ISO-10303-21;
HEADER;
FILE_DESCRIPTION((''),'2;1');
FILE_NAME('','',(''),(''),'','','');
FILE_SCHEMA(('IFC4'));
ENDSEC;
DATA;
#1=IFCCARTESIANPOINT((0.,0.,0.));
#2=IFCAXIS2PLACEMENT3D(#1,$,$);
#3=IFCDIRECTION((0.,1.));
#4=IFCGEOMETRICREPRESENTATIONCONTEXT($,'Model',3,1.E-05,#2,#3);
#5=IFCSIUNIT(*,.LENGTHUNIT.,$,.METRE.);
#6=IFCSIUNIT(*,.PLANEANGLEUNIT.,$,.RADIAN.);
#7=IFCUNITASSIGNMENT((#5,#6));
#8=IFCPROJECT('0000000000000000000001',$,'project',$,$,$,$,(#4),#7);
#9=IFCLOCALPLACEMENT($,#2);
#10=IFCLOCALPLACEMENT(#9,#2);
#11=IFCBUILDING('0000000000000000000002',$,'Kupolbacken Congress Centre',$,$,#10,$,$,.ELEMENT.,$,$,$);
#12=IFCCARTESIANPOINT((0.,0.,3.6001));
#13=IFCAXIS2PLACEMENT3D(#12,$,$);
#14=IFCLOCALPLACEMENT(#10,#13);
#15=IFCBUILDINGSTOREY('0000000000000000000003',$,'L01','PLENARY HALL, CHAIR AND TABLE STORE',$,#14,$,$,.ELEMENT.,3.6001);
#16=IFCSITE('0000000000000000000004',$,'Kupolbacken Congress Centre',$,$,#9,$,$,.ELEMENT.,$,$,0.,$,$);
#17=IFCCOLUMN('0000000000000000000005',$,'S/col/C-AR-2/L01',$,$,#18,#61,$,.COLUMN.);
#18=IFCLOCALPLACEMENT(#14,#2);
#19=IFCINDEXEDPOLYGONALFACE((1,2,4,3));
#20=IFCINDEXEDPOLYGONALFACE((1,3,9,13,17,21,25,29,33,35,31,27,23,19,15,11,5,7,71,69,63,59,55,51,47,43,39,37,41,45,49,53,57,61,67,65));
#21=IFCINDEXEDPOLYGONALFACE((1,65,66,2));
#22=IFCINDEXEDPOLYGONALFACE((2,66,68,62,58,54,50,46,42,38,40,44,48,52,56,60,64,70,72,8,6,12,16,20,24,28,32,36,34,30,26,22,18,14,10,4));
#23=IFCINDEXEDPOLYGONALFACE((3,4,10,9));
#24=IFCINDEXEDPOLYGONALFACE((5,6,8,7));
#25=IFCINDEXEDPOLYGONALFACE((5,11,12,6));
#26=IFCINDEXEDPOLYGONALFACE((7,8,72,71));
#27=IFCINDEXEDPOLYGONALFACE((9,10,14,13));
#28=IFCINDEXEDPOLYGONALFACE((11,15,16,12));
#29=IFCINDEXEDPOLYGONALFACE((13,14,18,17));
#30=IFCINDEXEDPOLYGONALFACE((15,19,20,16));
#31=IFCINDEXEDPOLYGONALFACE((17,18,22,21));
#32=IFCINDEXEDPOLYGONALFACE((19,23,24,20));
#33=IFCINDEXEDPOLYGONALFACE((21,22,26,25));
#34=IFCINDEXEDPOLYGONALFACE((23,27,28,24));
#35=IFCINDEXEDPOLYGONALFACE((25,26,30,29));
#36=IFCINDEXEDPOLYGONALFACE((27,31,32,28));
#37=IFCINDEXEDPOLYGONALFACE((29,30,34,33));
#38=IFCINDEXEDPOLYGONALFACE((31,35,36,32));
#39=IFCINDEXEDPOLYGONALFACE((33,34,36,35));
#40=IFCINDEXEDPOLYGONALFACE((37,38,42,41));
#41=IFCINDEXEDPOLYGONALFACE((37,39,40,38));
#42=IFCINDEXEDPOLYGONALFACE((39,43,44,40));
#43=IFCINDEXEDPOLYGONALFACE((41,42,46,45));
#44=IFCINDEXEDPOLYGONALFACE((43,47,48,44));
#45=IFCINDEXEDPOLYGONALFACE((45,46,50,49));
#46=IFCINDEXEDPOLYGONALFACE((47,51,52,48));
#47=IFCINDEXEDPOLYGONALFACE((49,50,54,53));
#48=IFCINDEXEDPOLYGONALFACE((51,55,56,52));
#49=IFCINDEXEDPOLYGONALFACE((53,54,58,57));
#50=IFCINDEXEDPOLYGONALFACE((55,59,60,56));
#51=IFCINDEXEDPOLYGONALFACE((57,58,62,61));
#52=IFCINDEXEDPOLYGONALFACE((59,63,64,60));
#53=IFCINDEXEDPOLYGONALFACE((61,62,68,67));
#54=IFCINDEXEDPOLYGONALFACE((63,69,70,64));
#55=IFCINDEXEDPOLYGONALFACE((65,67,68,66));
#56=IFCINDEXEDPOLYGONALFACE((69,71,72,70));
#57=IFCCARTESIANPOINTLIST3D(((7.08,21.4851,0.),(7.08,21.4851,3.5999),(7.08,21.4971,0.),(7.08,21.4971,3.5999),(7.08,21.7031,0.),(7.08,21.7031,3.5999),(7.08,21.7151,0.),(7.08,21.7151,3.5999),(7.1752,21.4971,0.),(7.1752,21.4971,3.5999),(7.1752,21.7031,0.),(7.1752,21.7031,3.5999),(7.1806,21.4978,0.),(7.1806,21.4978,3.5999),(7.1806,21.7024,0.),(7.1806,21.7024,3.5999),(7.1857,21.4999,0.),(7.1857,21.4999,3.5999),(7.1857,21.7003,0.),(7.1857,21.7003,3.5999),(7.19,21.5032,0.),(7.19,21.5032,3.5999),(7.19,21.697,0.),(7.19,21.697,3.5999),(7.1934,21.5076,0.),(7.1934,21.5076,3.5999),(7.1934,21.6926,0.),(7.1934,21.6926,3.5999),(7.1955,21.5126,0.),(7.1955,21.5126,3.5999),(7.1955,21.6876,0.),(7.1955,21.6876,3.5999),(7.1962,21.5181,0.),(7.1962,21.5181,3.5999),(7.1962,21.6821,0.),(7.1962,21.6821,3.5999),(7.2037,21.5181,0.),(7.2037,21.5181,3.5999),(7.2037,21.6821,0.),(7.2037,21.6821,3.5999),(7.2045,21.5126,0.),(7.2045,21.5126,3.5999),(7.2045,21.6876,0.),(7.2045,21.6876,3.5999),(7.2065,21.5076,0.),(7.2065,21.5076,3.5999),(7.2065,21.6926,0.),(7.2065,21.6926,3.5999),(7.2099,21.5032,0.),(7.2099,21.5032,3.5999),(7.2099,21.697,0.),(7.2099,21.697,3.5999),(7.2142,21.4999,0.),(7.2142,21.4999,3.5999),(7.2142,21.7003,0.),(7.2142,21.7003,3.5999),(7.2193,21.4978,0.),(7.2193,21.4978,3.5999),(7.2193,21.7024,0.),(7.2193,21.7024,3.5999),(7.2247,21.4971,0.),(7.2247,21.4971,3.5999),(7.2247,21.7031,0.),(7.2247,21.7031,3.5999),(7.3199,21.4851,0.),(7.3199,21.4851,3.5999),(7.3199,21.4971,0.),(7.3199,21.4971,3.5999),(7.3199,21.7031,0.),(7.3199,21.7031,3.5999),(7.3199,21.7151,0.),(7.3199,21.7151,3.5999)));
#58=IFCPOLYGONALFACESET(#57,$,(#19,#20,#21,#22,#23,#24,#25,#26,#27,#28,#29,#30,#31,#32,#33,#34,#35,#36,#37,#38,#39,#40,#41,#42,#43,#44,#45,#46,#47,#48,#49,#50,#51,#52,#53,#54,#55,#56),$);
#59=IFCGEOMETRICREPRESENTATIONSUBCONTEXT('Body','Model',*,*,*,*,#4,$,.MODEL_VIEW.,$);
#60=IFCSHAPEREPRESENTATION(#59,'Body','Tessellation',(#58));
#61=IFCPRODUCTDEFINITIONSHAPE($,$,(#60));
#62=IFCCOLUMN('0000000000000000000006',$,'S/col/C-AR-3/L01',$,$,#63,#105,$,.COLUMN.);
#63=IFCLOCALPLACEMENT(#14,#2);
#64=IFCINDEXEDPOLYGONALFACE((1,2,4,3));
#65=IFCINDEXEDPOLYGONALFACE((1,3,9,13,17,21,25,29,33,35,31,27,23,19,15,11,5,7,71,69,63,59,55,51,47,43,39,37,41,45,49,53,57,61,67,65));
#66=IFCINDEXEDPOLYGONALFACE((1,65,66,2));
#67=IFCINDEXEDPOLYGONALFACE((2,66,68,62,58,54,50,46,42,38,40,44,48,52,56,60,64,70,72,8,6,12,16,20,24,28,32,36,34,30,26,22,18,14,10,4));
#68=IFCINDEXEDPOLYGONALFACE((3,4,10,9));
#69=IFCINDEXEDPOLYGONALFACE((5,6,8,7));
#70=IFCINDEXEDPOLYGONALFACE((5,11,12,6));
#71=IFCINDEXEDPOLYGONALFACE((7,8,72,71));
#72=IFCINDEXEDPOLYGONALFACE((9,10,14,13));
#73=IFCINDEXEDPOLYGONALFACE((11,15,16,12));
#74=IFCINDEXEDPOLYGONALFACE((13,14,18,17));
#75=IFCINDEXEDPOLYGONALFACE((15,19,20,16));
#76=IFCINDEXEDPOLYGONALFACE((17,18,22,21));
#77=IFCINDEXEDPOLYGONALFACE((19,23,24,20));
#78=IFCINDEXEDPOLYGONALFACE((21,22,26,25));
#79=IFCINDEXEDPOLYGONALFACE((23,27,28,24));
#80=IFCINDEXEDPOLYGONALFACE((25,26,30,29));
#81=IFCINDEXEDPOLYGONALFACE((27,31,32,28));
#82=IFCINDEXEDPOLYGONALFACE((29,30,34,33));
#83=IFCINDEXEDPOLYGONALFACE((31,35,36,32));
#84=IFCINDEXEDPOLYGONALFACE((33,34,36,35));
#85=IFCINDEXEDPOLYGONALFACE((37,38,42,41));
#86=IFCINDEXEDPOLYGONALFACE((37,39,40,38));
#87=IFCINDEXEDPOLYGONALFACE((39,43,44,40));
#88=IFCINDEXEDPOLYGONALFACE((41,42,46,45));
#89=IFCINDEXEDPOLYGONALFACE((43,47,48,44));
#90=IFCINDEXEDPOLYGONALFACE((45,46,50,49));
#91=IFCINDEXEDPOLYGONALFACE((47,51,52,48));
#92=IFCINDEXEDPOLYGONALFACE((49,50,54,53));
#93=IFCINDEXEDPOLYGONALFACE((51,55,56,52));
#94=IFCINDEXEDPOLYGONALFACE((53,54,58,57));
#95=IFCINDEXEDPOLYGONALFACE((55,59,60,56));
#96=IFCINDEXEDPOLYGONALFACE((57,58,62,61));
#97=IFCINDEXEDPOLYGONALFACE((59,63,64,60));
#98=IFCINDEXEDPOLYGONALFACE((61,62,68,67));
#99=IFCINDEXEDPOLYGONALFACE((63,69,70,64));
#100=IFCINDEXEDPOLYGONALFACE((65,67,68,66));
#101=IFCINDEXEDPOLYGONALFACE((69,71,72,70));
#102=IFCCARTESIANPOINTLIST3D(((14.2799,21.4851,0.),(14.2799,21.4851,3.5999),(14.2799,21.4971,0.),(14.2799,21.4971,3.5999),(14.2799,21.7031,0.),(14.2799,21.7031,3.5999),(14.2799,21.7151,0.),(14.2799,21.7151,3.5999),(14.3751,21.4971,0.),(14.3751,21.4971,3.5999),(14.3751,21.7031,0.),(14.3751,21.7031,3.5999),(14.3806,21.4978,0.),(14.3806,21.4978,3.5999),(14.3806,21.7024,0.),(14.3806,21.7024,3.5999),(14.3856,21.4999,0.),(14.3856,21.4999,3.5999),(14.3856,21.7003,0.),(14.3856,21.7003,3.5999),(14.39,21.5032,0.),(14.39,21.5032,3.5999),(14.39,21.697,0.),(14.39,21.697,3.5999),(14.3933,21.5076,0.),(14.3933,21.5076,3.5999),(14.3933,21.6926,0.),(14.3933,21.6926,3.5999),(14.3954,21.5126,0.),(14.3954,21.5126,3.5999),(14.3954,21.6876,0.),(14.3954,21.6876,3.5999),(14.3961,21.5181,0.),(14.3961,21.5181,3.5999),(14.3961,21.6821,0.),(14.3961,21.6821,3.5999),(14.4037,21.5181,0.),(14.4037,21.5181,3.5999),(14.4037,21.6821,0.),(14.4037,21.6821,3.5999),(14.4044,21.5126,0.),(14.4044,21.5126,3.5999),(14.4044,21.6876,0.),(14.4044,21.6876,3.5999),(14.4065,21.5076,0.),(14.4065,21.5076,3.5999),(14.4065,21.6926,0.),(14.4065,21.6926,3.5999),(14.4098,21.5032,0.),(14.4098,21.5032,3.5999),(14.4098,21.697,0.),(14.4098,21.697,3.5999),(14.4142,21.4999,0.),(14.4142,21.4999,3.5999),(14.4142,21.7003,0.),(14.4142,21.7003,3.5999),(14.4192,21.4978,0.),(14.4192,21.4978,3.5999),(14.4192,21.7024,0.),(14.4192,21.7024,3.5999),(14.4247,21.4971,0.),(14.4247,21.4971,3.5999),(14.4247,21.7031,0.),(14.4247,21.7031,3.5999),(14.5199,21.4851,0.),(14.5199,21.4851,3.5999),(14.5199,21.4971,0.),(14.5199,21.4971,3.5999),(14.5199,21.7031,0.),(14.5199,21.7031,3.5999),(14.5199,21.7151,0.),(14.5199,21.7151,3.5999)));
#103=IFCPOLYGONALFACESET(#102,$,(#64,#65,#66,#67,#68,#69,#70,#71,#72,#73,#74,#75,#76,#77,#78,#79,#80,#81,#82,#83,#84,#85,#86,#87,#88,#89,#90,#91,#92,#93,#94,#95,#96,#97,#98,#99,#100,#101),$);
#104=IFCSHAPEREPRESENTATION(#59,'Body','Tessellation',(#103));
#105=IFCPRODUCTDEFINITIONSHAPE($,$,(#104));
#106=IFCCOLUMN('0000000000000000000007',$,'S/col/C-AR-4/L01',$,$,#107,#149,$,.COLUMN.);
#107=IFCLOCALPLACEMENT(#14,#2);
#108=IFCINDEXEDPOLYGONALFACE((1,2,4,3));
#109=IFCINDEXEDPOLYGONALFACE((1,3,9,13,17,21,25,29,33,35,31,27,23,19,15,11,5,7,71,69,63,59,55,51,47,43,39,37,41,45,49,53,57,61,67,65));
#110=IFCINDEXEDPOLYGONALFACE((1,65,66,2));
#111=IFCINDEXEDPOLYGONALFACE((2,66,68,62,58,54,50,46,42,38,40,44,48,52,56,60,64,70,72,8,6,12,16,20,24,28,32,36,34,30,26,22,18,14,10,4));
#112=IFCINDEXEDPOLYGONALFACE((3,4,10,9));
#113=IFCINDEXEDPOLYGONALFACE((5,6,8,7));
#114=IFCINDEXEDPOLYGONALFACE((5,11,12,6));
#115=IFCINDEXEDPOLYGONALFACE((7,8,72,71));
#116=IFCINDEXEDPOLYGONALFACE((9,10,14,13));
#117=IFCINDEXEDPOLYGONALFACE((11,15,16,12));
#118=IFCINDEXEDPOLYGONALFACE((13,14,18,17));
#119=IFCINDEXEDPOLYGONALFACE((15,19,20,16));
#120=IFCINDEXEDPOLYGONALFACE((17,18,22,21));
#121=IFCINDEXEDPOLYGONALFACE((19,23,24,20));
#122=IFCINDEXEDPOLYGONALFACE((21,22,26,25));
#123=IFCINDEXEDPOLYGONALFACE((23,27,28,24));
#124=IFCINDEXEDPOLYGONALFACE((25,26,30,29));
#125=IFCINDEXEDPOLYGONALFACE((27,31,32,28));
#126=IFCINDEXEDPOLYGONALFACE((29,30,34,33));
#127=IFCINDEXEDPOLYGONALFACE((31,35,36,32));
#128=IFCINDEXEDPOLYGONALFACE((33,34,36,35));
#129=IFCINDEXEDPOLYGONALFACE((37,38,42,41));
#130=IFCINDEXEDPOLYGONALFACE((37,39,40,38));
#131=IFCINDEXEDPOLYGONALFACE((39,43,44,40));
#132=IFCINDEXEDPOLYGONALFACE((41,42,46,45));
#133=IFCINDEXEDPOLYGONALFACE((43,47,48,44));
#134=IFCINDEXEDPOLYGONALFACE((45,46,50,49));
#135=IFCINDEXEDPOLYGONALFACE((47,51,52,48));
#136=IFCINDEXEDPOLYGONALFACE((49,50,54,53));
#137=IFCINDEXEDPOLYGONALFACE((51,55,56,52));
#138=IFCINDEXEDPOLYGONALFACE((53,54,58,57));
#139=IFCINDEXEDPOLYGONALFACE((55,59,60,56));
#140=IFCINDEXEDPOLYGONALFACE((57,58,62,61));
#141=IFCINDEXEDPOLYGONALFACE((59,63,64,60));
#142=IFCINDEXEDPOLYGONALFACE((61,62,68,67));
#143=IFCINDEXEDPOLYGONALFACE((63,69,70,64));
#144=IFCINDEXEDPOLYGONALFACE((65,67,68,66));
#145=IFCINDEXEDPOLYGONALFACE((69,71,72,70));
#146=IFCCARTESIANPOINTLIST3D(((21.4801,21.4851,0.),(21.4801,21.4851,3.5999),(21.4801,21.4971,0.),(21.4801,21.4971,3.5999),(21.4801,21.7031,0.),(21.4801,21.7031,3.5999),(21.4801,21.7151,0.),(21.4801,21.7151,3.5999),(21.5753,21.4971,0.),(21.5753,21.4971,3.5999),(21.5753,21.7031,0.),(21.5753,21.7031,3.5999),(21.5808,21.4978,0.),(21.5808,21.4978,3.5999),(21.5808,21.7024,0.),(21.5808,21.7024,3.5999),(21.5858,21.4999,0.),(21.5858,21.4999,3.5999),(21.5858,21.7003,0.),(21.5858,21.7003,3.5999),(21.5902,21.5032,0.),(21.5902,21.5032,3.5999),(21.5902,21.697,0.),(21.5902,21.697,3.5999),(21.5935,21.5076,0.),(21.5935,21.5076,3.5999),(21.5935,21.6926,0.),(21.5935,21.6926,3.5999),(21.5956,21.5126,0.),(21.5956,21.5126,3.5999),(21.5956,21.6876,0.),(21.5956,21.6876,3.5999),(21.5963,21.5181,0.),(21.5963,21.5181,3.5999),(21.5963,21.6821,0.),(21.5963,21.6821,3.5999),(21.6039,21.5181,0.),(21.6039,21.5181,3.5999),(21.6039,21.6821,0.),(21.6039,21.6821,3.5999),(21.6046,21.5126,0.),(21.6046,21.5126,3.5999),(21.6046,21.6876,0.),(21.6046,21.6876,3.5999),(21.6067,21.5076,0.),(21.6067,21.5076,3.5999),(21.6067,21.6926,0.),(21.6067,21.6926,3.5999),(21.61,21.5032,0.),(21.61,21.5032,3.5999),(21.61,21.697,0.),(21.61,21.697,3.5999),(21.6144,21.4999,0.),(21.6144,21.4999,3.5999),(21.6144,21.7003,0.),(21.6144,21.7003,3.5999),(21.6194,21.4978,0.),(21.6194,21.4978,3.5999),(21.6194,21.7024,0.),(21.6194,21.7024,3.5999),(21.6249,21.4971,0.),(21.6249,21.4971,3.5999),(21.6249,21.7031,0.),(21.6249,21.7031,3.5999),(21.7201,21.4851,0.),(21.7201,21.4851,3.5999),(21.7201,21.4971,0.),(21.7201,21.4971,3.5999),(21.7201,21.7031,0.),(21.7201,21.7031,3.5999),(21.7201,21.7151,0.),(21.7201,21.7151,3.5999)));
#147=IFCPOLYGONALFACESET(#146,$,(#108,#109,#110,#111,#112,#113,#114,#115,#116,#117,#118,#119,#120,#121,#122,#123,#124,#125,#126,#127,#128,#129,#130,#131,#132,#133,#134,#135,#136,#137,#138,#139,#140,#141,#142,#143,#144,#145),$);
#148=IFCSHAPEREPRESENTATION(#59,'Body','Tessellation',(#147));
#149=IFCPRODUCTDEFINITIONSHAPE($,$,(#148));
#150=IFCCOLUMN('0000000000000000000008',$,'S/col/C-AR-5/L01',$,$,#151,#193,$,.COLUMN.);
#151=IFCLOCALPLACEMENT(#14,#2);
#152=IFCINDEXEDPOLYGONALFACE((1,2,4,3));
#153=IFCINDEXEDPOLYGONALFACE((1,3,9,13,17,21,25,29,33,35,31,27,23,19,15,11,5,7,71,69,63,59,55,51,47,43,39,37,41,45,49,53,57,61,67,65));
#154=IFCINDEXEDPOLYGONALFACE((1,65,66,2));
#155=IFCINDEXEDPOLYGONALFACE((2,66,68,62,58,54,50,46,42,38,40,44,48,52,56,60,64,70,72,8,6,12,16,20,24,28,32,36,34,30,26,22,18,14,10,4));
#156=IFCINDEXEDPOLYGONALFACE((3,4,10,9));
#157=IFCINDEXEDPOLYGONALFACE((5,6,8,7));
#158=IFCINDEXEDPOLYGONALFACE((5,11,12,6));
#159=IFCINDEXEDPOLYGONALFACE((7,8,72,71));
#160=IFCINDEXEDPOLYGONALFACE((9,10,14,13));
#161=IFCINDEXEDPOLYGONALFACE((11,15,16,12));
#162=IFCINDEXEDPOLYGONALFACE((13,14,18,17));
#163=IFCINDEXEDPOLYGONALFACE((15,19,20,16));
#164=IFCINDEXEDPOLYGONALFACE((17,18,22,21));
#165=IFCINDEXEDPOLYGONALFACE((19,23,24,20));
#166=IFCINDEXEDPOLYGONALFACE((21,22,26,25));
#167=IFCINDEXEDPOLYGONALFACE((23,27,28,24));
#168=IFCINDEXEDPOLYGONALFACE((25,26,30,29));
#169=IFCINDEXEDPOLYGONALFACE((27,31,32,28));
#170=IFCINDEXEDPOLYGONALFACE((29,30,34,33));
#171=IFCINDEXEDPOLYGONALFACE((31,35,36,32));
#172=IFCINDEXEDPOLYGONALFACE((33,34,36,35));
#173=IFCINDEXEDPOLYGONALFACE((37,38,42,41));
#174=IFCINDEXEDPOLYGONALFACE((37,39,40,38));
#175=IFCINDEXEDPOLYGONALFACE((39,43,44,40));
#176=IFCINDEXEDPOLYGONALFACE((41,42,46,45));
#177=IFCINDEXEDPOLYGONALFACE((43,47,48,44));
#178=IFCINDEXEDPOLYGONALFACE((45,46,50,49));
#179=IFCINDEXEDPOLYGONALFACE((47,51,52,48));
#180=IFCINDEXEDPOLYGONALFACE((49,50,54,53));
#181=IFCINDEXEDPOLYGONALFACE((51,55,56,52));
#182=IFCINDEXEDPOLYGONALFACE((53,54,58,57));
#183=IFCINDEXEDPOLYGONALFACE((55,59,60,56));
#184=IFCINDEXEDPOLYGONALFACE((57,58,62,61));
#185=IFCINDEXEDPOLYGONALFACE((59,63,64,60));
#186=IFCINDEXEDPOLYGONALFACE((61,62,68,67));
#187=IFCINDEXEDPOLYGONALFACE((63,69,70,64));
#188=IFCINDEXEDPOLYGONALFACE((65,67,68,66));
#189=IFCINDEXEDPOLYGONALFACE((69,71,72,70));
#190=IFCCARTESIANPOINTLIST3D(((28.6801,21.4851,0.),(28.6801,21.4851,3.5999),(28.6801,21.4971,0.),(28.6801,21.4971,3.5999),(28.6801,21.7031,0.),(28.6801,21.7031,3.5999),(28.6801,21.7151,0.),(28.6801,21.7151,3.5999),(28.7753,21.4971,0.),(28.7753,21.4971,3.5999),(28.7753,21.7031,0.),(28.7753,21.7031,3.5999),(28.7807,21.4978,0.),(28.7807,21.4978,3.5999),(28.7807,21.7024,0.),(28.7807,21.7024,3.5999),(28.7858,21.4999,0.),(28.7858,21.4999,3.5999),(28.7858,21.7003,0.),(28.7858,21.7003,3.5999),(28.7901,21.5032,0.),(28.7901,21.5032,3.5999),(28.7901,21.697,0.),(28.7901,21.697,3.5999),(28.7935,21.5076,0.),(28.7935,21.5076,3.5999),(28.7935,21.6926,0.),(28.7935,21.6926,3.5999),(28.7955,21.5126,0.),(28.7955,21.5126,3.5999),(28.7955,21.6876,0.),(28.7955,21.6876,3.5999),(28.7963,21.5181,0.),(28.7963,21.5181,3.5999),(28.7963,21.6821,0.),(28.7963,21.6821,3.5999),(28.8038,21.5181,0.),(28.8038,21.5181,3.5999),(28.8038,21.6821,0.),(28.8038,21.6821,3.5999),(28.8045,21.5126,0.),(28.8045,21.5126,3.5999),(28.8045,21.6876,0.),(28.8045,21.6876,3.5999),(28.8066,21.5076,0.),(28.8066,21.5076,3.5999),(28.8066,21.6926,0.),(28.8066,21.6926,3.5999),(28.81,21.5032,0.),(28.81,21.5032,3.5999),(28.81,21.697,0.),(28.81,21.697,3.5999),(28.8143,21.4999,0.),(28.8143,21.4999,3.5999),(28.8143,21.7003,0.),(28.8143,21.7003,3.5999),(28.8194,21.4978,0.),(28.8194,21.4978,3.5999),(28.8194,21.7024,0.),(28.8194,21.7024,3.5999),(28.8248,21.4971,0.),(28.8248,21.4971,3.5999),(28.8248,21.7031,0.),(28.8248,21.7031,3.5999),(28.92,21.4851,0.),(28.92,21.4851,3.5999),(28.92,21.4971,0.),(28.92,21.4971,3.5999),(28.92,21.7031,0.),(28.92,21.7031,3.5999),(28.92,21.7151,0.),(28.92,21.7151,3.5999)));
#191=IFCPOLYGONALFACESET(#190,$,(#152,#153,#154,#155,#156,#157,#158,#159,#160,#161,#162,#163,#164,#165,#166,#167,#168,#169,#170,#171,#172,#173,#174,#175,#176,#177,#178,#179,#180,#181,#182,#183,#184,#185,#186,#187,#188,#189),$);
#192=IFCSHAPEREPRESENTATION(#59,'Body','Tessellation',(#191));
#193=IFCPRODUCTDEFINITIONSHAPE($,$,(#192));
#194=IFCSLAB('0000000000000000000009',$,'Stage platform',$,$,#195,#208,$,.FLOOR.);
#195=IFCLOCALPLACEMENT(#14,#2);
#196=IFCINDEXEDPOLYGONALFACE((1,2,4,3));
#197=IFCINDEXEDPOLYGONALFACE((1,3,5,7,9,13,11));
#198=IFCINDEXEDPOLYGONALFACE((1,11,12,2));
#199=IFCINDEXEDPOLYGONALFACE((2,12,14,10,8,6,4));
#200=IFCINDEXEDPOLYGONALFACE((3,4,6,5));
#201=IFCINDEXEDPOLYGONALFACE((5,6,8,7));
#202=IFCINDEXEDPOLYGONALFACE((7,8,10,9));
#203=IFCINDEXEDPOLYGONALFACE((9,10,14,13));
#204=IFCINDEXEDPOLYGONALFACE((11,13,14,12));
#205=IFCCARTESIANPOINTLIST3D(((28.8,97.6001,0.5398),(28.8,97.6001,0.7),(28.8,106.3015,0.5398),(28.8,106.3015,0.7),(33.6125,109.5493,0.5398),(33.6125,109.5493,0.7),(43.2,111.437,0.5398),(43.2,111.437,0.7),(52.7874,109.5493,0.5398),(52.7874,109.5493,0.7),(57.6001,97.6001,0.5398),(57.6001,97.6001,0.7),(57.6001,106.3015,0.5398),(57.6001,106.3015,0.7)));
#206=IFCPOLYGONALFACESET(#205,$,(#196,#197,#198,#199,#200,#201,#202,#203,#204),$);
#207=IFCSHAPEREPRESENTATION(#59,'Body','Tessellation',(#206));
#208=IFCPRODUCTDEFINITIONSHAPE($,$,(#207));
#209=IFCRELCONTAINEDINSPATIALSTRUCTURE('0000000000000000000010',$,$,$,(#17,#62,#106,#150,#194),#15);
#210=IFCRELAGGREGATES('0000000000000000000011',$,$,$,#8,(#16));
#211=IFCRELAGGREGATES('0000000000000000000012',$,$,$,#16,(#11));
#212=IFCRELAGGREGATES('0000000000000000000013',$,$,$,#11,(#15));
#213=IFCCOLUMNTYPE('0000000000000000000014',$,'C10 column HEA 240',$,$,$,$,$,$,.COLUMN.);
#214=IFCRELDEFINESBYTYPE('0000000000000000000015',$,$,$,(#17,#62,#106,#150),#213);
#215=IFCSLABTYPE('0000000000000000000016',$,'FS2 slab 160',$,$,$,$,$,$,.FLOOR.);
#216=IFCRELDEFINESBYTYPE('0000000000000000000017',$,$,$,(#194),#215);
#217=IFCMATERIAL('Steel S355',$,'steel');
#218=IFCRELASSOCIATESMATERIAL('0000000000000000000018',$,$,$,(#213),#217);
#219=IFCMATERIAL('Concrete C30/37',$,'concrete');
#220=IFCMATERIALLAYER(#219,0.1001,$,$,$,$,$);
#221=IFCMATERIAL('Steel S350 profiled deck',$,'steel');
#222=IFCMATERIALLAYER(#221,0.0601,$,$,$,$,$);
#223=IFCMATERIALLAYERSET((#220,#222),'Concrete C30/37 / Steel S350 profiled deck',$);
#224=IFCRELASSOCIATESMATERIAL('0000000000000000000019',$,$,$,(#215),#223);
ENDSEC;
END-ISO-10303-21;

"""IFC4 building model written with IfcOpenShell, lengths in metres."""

from ifc_helpers import new_model, si_unit, direction, frame, origin, origin_2d, place, context, subcontext, project, spatial, polyline, i_section, outline, extrude, material, layer, layer_set, material_profile, profile_set, type_object, element, save


model = new_model("IFC4")

# Units and contexts
model_context = context("Model", 3, precision=1e-05, world=origin(), true_north=direction((0.0, 1.0)))
body_context = subcontext(model_context, "Body", "Model", "MODEL_VIEW")
ifc_project = project(units=[si_unit("LENGTHUNIT", "METRE"), si_unit("PLANEANGLEUNIT", "RADIAN")], contexts=[model_context])

# Site, building, storey
site_placement = place(None, origin())
site = spatial("IfcSite", under=ifc_project, at=site_placement, Name="Kupolbacken Congress Centre", CompositionType="ELEMENT", RefElevation=0.0)
building_placement = place(site_placement, origin())
building = spatial("IfcBuilding", under=site, at=building_placement, Name="Kupolbacken Congress Centre", CompositionType="ELEMENT")
storey_placement = place(building_placement, frame((0.0, 0.0, 3.6001)))
storey = spatial("IfcBuildingStorey", under=building, at=storey_placement, Name="L01", Description="PLENARY HALL, CHAIR AND TABLE STORE", CompositionType="ELEMENT", Elevation=3.6001)

# Columns
ifc_material_1 = material(Name="Steel S355", Category="steel")
ifc_material_profile = material_profile(ifc_material_1, i_section(OverallWidth=0.24, OverallDepth=0.23, WebThickness=0.0076, FlangeThickness=0.012, FilletRadius=0.021, at=origin_2d()), Name="HEA 240")
ifc_profile_set = profile_set([ifc_material_profile], Name="Steel S355")
column_type = type_object("IfcColumnType", Name="C10 column HEA 240", PredefinedType="COLUMN", material=ifc_profile_set)
for number, where, z_axis, x_axis, name in (
    (1, (7.2, 21.6001, 0.0), (0.0, 0.0, 1.0), (1.0, 0.0, 0.0), "S/col/C-AR-2/L01"),
    (2, (14.3999, 21.6001, 0.0), (0.0, 0.0, 1.0), (1.0, 0.0, 0.0), "S/col/C-AR-3/L01"),
    (3, (21.6001, 21.6001, 0.0), (0.0, 0.0, 1.0), (1.0, 0.0, 0.0), "S/col/C-AR-4/L01"),
    (4, (28.8, 21.6001, 0.0), (0.0, 0.0, 1.0), (1.0, 0.0, 0.0), "S/col/C-AR-5/L01"),
):
    element("IfcColumn", number, at=place(storey_placement, frame(where, z_axis=z_axis, x_axis=x_axis)), inside=storey, type_object=column_type, Name=name, PredefinedType="COLUMN", context=body_context, shape_type="SweptSolid", body=[
        extrude(i_section(OverallWidth=0.24, OverallDepth=0.23, WebThickness=0.0076, FlangeThickness=0.012, FilletRadius=0.021, at=origin_2d()), origin(), (0.0, 0.0, 1.0), 3.5999),
    ])

# Slab
ifc_material_2 = material(Name="Concrete C30/37", Category="concrete")
ifc_layer_1 = layer(ifc_material_2, 0.1001)
ifc_material_3 = material(Name="Steel S350 profiled deck", Category="steel")
ifc_layer_2 = layer(ifc_material_3, 0.0601)
ifc_layer_set_1 = layer_set([ifc_layer_1, ifc_layer_2], Name="Concrete C30/37 / Steel S350 profiled deck")
slab_type = type_object("IfcSlabType", Name="FS2 slab 160", PredefinedType="FLOOR", material=ifc_layer_set_1)
slab_placement = place(storey_placement, frame((0.0, 0.0, 0.5398)))
element("IfcSlab", 5, at=slab_placement, inside=storey, type_object=slab_type, Name="Stage platform", PredefinedType="FLOOR", context=body_context, shape_type="SweptSolid", body=[
    extrude(outline(polyline([(33.6125, 109.5493), (43.2, 111.437), (52.7874, 109.5493), (57.6001, 106.3015), (57.6001, 97.6001), (28.8, 97.6001), (28.8, 106.3015), (33.6125, 109.5493)])), origin(), (0.0, 0.0, 1.0), 0.1602),
])

save(model, "model.ifc")
